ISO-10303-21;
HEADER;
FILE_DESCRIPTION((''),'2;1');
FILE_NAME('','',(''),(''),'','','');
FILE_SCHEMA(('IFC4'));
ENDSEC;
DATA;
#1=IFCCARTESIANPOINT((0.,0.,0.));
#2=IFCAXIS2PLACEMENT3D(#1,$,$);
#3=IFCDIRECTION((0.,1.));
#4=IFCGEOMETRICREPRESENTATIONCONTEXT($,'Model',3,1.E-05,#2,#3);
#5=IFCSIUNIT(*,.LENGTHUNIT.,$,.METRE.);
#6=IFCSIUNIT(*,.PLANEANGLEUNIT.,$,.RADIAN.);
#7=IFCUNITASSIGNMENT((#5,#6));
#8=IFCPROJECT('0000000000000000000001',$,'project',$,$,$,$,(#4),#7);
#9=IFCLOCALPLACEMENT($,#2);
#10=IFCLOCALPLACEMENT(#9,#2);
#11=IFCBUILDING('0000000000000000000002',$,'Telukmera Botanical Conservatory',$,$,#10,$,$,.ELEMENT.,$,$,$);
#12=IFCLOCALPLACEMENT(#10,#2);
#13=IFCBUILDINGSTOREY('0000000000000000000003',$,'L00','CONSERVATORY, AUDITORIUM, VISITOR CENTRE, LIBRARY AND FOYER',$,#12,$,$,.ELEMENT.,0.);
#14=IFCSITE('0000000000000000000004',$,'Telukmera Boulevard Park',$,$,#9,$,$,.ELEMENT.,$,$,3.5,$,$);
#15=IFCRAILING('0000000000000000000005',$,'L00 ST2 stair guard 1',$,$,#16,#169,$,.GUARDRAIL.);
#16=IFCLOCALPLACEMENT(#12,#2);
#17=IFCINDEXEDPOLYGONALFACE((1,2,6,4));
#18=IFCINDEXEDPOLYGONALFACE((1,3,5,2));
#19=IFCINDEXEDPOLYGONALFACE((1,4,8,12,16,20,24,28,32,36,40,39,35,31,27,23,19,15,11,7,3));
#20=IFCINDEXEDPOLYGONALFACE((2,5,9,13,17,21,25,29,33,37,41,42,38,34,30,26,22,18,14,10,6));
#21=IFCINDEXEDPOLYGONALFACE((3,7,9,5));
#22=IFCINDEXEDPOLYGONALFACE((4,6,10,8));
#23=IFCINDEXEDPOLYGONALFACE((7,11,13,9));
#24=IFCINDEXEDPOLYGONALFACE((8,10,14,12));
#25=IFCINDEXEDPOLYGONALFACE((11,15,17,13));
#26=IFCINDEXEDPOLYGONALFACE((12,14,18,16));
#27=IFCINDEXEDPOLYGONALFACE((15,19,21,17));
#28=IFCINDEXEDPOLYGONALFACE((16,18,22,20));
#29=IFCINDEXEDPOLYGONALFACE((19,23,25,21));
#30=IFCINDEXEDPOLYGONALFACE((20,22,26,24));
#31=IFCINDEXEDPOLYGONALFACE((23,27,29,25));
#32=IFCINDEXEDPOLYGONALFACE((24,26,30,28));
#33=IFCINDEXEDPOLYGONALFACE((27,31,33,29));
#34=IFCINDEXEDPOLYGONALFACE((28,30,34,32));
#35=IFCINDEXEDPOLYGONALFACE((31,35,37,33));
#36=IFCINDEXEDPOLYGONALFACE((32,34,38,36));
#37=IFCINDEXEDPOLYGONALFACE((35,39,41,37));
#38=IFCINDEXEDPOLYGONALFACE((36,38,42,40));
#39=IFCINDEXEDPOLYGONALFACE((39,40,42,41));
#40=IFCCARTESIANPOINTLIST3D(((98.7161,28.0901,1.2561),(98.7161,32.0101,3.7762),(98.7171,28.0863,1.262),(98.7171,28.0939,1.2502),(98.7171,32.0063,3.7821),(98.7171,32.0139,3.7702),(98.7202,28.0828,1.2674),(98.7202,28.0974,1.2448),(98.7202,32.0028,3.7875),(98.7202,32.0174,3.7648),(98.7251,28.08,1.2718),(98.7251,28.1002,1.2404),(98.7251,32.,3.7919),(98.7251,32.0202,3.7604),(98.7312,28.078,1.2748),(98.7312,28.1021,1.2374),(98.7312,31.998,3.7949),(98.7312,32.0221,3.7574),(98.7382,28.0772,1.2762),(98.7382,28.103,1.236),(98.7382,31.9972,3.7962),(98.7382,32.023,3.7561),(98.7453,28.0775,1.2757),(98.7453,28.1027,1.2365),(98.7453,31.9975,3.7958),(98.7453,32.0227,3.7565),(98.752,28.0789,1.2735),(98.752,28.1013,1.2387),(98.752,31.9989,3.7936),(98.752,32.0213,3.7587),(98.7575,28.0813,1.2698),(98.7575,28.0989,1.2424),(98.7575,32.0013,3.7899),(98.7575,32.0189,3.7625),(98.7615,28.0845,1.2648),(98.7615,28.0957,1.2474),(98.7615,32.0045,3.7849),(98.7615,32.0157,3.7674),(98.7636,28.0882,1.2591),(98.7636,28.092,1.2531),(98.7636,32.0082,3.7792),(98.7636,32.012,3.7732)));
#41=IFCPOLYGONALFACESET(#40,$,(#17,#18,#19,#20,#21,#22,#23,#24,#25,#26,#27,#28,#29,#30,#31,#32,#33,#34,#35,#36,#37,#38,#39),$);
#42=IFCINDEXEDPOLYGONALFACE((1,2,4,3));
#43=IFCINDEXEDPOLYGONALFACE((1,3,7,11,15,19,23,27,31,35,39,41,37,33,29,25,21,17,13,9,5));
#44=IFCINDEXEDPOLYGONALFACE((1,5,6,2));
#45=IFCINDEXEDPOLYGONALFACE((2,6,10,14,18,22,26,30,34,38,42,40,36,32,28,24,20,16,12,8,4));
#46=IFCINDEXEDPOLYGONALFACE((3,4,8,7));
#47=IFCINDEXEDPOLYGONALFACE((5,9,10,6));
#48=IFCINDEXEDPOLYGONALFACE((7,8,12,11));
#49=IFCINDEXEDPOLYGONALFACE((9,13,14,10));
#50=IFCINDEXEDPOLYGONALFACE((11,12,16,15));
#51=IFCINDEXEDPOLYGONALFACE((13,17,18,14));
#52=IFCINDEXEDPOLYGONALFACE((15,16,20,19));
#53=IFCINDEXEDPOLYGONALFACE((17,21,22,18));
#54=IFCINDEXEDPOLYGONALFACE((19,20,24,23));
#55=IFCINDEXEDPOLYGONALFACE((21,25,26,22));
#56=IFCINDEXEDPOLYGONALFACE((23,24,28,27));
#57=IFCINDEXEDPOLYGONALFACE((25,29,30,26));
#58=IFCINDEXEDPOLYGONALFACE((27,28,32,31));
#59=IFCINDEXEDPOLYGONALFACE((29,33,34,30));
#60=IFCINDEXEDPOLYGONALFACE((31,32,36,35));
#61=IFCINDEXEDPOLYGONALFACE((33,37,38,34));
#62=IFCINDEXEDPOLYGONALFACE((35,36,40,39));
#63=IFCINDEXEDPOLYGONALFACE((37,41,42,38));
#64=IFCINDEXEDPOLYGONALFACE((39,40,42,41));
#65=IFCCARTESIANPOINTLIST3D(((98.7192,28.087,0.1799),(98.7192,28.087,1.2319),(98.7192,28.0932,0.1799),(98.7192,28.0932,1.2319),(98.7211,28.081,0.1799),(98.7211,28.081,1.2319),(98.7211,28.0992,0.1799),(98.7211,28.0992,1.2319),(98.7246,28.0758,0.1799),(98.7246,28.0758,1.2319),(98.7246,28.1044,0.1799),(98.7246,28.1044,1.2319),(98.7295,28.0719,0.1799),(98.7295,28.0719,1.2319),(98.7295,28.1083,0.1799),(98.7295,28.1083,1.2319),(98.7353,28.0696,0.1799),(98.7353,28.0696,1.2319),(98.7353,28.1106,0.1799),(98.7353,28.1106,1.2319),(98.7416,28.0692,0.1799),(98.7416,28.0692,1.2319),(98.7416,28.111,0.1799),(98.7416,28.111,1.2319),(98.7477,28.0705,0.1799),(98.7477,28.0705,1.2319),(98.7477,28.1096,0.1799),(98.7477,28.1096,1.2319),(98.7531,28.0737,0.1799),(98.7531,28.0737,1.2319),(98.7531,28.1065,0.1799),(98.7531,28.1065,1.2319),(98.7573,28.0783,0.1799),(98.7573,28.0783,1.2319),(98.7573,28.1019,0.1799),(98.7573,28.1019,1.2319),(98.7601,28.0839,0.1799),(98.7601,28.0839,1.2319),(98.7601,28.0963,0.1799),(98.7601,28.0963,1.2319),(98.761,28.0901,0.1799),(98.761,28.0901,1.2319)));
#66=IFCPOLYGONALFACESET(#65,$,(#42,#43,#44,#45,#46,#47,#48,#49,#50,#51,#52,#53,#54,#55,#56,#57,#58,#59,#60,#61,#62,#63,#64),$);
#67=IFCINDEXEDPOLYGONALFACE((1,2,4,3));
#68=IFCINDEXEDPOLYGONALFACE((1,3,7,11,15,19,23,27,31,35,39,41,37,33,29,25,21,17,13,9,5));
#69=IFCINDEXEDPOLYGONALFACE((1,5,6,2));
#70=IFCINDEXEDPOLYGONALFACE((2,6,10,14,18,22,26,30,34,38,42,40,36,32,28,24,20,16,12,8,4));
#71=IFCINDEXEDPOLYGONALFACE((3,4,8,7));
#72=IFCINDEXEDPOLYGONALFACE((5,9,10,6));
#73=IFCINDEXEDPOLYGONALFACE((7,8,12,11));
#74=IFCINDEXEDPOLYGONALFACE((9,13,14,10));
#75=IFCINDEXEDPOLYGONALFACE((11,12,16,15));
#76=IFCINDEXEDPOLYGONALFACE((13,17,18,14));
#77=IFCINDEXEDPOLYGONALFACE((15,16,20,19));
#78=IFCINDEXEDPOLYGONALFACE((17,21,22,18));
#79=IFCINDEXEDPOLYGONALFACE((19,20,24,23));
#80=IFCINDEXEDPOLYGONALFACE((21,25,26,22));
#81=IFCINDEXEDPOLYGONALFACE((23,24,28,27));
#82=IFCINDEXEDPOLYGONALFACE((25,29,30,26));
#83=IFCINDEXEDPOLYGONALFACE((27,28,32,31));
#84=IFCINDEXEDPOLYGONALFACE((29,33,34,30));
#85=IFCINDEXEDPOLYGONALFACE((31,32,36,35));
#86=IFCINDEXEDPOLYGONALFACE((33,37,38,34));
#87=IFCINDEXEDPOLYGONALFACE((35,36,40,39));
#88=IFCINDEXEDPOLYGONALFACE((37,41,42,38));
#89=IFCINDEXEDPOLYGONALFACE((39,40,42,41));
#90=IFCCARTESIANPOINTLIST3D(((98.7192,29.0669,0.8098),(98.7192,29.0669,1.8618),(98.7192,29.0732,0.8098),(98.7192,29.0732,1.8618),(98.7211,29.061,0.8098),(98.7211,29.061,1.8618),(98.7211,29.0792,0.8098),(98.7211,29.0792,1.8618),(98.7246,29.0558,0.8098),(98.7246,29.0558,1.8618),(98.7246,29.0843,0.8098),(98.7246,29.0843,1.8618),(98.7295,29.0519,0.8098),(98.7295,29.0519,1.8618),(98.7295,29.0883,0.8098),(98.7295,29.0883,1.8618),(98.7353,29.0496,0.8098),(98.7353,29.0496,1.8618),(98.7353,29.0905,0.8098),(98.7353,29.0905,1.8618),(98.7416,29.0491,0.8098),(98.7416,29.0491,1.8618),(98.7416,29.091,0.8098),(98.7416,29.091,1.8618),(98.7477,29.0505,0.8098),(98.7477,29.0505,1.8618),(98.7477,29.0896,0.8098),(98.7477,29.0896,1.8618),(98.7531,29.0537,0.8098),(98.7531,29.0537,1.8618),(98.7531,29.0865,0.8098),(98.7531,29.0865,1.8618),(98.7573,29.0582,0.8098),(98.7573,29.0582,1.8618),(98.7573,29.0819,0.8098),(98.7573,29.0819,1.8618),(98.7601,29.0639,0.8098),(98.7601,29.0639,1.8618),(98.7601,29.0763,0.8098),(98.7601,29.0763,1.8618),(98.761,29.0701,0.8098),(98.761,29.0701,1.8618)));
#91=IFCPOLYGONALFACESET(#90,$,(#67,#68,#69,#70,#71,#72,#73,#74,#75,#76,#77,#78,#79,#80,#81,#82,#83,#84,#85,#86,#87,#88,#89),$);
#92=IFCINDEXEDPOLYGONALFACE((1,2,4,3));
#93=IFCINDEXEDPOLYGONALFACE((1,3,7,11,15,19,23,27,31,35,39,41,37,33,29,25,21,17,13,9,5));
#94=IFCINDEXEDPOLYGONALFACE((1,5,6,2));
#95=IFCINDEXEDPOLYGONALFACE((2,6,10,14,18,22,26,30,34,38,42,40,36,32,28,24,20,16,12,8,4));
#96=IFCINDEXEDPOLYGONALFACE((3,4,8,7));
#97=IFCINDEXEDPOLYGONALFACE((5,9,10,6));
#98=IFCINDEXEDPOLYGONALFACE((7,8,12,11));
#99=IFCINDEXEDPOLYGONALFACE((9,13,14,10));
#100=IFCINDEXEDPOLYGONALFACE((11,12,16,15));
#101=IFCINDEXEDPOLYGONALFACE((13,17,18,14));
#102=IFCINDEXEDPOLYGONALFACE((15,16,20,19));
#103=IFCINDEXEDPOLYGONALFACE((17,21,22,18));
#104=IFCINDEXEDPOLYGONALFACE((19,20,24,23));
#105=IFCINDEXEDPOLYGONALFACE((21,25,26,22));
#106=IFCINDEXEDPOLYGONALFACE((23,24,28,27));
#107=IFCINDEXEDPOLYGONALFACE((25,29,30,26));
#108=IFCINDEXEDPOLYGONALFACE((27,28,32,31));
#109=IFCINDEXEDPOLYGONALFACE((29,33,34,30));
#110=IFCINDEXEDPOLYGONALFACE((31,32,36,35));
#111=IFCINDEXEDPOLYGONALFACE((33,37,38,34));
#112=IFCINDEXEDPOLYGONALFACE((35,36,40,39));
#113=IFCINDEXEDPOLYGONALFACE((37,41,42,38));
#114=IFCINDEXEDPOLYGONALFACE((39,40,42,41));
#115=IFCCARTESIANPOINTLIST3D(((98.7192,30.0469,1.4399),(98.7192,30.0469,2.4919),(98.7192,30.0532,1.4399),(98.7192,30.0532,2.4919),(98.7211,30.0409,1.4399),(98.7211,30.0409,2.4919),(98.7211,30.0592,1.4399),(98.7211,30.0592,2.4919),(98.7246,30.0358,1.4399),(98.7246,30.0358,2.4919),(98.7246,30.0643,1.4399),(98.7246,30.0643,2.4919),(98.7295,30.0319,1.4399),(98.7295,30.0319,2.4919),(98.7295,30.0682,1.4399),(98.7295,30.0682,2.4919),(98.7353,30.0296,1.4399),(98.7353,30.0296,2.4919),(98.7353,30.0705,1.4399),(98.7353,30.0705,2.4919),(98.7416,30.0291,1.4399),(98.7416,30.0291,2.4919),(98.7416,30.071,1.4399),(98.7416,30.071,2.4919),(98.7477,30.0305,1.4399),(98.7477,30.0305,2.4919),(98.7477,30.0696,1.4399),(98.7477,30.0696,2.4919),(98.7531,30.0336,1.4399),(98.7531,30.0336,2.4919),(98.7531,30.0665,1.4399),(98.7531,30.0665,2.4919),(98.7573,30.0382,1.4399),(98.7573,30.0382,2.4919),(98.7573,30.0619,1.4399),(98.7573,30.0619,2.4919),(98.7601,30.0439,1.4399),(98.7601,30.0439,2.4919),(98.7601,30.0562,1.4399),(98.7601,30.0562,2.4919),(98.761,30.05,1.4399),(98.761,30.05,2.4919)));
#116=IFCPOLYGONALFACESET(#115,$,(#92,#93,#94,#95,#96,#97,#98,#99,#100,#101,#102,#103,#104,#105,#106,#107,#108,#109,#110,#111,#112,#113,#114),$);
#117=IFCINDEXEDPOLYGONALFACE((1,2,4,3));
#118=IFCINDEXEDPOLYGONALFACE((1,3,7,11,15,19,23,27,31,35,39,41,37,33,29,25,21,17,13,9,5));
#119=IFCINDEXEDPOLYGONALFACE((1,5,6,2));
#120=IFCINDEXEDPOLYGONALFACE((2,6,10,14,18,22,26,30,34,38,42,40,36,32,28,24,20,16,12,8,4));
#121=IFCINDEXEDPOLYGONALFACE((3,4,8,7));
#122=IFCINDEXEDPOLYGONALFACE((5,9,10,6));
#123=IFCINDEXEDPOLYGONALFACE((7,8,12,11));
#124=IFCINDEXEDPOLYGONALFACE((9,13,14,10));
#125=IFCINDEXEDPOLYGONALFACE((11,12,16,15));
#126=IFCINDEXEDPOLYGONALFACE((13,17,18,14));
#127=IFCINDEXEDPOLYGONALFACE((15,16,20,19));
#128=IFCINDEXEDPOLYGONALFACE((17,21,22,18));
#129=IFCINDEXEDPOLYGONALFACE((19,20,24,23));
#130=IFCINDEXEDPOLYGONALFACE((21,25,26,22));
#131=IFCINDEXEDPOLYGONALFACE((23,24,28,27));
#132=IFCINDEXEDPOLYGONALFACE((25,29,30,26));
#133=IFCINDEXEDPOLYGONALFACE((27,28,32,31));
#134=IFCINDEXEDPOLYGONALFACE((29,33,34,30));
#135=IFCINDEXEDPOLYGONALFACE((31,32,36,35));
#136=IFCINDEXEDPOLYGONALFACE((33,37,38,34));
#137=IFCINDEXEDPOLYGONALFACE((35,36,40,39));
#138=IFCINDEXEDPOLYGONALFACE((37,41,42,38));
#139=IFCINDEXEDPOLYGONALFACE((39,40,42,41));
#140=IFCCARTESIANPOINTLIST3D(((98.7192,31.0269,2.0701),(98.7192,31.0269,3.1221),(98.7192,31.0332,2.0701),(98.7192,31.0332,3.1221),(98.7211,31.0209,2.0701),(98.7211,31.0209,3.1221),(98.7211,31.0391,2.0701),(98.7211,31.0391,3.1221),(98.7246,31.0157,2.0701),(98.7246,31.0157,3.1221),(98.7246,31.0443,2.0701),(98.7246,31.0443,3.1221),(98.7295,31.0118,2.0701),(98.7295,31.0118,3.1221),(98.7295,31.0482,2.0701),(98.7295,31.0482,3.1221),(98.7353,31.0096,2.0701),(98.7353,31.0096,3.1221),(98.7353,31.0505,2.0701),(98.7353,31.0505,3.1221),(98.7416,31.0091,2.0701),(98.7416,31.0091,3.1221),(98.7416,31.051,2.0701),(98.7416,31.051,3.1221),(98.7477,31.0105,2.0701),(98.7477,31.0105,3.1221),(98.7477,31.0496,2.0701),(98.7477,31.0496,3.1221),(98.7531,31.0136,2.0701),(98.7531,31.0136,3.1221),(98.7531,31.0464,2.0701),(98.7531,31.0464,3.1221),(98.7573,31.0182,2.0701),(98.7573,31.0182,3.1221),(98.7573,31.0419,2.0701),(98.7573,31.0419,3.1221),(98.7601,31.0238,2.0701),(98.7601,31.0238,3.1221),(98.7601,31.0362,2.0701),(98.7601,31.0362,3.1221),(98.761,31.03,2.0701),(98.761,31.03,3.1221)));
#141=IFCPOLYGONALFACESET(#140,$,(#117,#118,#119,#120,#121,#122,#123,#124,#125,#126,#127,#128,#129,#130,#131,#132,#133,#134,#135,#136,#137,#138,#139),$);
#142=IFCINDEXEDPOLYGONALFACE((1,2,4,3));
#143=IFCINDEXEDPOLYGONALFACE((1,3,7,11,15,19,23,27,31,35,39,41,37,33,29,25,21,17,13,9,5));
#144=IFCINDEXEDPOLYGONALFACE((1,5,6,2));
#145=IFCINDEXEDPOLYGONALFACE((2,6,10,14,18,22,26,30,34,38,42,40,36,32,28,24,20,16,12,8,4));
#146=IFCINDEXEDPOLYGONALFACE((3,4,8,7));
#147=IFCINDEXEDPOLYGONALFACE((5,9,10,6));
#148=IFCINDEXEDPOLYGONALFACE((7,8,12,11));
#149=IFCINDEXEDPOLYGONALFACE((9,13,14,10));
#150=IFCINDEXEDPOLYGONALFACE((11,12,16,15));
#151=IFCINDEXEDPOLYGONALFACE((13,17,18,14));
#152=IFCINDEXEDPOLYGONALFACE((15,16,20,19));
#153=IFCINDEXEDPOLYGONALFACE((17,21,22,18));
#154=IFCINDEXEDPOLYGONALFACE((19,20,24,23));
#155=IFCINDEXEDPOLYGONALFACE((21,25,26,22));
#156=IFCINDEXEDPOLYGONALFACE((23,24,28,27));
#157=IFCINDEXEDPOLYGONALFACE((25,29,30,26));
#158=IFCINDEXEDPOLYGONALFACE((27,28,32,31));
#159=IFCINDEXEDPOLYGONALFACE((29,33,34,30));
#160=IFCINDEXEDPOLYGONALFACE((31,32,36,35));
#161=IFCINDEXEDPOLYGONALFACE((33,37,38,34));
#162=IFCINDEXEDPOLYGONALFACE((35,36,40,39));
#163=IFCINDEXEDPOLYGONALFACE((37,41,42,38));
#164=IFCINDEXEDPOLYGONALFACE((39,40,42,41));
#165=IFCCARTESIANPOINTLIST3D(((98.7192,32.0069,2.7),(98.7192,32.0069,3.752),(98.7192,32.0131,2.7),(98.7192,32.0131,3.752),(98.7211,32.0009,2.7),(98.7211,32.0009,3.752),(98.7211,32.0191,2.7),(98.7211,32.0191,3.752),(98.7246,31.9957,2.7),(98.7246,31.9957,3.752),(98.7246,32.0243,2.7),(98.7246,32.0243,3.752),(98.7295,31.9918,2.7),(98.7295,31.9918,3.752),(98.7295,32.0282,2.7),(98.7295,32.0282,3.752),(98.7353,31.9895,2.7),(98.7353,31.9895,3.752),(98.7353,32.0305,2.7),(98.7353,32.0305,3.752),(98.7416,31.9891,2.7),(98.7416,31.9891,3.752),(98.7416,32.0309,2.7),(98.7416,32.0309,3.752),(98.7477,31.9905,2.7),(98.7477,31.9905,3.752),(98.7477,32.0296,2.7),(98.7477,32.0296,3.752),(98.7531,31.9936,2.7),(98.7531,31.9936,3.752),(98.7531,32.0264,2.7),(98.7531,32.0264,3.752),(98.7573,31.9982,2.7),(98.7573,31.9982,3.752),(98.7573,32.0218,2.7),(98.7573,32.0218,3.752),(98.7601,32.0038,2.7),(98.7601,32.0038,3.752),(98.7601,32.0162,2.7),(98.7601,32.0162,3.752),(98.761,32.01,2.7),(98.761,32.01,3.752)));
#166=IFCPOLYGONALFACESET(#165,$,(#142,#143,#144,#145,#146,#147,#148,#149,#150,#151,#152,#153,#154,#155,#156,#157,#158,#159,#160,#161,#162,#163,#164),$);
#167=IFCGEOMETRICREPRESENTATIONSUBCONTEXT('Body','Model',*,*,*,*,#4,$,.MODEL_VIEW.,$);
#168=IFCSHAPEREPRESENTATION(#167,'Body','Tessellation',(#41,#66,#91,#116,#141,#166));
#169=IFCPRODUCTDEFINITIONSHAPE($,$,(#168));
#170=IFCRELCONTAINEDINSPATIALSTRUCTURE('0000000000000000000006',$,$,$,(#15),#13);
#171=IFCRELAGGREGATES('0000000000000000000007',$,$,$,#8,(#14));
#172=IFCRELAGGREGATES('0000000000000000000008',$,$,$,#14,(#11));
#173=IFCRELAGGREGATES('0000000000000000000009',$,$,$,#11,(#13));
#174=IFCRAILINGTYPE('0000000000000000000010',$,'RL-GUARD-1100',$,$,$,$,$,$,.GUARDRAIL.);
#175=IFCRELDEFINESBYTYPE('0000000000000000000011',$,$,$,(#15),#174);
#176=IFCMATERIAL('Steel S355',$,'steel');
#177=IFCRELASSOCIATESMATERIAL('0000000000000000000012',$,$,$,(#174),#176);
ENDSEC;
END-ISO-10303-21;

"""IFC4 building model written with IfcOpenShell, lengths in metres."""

from ifc_helpers import new_model, si_unit, direction, frame, origin, origin_2d, place, context, subcontext, project, spatial, circle, extrude, material, type_object, element, save


model = new_model("IFC4")

# Units and contexts
model_context = context("Model", 3, precision=1e-05, world=origin(), true_north=direction((0.0, 1.0)))
body_context = subcontext(model_context, "Body", "Model", "MODEL_VIEW")
ifc_project = project(units=[si_unit("LENGTHUNIT", "METRE"), si_unit("PLANEANGLEUNIT", "RADIAN")], contexts=[model_context])

# Site, building, storey
site_placement = place(None, origin())
site = spatial("IfcSite", under=ifc_project, at=site_placement, Name="Telukmera Boulevard Park", CompositionType="ELEMENT", RefElevation=3.5)
building_placement = place(site_placement, origin())
building = spatial("IfcBuilding", under=site, at=building_placement, Name="Telukmera Botanical Conservatory", CompositionType="ELEMENT")
storey_placement = place(building_placement, origin())
storey = spatial("IfcBuildingStorey", under=building, at=storey_placement, Name="L00", Description="CONSERVATORY, AUDITORIUM, VISITOR CENTRE, LIBRARY AND FOYER", CompositionType="ELEMENT", Elevation=0.0)

# Railing
ifc_material_1 = material(Name="Steel S355", Category="steel")
railing_type_1 = type_object("IfcRailingType", Name="RL-GUARD-1100", PredefinedType="GUARDRAIL", material=ifc_material_1)
railing_1_placement = place(storey_placement, frame((98.74, 28.0901, 0.1799)))
element("IfcRailing", 1, at=railing_1_placement, inside=storey, type_object=railing_type_1, Name="L00 ST2 stair guard 1", PredefinedType="GUARDRAIL", context=body_context, shape_type="SweptSolid", body=[
    extrude(circle(Radius=0.0239, at=origin_2d()), frame((0.0, 0.0, 1.0762), z_axis=(0.0, 0.841172, 0.540768), x_axis=(-1.0, 0.0, 0.0)), (0.0, 0.0, 1.0), 4.6602),
    extrude(circle(Radius=0.021, at=origin_2d()), origin(), (0.0, 0.0, 1.0), 1.052),
    extrude(circle(Radius=0.021, at=origin_2d()), frame((0.0, 0.98, 0.6299)), (0.0, 0.0, 1.0), 1.052),
    extrude(circle(Radius=0.021, at=origin_2d()), frame((0.0, 1.96, 1.26)), (0.0, 0.0, 1.0), 1.052),
    extrude(circle(Radius=0.021, at=origin_2d()), frame((0.0, 2.9399, 1.8901)), (0.0, 0.0, 1.0), 1.052),
    extrude(circle(Radius=0.021, at=origin_2d()), frame((0.0, 3.9199, 2.52)), (0.0, 0.0, 1.0), 1.052),
])

save(model, "model.ifc")
